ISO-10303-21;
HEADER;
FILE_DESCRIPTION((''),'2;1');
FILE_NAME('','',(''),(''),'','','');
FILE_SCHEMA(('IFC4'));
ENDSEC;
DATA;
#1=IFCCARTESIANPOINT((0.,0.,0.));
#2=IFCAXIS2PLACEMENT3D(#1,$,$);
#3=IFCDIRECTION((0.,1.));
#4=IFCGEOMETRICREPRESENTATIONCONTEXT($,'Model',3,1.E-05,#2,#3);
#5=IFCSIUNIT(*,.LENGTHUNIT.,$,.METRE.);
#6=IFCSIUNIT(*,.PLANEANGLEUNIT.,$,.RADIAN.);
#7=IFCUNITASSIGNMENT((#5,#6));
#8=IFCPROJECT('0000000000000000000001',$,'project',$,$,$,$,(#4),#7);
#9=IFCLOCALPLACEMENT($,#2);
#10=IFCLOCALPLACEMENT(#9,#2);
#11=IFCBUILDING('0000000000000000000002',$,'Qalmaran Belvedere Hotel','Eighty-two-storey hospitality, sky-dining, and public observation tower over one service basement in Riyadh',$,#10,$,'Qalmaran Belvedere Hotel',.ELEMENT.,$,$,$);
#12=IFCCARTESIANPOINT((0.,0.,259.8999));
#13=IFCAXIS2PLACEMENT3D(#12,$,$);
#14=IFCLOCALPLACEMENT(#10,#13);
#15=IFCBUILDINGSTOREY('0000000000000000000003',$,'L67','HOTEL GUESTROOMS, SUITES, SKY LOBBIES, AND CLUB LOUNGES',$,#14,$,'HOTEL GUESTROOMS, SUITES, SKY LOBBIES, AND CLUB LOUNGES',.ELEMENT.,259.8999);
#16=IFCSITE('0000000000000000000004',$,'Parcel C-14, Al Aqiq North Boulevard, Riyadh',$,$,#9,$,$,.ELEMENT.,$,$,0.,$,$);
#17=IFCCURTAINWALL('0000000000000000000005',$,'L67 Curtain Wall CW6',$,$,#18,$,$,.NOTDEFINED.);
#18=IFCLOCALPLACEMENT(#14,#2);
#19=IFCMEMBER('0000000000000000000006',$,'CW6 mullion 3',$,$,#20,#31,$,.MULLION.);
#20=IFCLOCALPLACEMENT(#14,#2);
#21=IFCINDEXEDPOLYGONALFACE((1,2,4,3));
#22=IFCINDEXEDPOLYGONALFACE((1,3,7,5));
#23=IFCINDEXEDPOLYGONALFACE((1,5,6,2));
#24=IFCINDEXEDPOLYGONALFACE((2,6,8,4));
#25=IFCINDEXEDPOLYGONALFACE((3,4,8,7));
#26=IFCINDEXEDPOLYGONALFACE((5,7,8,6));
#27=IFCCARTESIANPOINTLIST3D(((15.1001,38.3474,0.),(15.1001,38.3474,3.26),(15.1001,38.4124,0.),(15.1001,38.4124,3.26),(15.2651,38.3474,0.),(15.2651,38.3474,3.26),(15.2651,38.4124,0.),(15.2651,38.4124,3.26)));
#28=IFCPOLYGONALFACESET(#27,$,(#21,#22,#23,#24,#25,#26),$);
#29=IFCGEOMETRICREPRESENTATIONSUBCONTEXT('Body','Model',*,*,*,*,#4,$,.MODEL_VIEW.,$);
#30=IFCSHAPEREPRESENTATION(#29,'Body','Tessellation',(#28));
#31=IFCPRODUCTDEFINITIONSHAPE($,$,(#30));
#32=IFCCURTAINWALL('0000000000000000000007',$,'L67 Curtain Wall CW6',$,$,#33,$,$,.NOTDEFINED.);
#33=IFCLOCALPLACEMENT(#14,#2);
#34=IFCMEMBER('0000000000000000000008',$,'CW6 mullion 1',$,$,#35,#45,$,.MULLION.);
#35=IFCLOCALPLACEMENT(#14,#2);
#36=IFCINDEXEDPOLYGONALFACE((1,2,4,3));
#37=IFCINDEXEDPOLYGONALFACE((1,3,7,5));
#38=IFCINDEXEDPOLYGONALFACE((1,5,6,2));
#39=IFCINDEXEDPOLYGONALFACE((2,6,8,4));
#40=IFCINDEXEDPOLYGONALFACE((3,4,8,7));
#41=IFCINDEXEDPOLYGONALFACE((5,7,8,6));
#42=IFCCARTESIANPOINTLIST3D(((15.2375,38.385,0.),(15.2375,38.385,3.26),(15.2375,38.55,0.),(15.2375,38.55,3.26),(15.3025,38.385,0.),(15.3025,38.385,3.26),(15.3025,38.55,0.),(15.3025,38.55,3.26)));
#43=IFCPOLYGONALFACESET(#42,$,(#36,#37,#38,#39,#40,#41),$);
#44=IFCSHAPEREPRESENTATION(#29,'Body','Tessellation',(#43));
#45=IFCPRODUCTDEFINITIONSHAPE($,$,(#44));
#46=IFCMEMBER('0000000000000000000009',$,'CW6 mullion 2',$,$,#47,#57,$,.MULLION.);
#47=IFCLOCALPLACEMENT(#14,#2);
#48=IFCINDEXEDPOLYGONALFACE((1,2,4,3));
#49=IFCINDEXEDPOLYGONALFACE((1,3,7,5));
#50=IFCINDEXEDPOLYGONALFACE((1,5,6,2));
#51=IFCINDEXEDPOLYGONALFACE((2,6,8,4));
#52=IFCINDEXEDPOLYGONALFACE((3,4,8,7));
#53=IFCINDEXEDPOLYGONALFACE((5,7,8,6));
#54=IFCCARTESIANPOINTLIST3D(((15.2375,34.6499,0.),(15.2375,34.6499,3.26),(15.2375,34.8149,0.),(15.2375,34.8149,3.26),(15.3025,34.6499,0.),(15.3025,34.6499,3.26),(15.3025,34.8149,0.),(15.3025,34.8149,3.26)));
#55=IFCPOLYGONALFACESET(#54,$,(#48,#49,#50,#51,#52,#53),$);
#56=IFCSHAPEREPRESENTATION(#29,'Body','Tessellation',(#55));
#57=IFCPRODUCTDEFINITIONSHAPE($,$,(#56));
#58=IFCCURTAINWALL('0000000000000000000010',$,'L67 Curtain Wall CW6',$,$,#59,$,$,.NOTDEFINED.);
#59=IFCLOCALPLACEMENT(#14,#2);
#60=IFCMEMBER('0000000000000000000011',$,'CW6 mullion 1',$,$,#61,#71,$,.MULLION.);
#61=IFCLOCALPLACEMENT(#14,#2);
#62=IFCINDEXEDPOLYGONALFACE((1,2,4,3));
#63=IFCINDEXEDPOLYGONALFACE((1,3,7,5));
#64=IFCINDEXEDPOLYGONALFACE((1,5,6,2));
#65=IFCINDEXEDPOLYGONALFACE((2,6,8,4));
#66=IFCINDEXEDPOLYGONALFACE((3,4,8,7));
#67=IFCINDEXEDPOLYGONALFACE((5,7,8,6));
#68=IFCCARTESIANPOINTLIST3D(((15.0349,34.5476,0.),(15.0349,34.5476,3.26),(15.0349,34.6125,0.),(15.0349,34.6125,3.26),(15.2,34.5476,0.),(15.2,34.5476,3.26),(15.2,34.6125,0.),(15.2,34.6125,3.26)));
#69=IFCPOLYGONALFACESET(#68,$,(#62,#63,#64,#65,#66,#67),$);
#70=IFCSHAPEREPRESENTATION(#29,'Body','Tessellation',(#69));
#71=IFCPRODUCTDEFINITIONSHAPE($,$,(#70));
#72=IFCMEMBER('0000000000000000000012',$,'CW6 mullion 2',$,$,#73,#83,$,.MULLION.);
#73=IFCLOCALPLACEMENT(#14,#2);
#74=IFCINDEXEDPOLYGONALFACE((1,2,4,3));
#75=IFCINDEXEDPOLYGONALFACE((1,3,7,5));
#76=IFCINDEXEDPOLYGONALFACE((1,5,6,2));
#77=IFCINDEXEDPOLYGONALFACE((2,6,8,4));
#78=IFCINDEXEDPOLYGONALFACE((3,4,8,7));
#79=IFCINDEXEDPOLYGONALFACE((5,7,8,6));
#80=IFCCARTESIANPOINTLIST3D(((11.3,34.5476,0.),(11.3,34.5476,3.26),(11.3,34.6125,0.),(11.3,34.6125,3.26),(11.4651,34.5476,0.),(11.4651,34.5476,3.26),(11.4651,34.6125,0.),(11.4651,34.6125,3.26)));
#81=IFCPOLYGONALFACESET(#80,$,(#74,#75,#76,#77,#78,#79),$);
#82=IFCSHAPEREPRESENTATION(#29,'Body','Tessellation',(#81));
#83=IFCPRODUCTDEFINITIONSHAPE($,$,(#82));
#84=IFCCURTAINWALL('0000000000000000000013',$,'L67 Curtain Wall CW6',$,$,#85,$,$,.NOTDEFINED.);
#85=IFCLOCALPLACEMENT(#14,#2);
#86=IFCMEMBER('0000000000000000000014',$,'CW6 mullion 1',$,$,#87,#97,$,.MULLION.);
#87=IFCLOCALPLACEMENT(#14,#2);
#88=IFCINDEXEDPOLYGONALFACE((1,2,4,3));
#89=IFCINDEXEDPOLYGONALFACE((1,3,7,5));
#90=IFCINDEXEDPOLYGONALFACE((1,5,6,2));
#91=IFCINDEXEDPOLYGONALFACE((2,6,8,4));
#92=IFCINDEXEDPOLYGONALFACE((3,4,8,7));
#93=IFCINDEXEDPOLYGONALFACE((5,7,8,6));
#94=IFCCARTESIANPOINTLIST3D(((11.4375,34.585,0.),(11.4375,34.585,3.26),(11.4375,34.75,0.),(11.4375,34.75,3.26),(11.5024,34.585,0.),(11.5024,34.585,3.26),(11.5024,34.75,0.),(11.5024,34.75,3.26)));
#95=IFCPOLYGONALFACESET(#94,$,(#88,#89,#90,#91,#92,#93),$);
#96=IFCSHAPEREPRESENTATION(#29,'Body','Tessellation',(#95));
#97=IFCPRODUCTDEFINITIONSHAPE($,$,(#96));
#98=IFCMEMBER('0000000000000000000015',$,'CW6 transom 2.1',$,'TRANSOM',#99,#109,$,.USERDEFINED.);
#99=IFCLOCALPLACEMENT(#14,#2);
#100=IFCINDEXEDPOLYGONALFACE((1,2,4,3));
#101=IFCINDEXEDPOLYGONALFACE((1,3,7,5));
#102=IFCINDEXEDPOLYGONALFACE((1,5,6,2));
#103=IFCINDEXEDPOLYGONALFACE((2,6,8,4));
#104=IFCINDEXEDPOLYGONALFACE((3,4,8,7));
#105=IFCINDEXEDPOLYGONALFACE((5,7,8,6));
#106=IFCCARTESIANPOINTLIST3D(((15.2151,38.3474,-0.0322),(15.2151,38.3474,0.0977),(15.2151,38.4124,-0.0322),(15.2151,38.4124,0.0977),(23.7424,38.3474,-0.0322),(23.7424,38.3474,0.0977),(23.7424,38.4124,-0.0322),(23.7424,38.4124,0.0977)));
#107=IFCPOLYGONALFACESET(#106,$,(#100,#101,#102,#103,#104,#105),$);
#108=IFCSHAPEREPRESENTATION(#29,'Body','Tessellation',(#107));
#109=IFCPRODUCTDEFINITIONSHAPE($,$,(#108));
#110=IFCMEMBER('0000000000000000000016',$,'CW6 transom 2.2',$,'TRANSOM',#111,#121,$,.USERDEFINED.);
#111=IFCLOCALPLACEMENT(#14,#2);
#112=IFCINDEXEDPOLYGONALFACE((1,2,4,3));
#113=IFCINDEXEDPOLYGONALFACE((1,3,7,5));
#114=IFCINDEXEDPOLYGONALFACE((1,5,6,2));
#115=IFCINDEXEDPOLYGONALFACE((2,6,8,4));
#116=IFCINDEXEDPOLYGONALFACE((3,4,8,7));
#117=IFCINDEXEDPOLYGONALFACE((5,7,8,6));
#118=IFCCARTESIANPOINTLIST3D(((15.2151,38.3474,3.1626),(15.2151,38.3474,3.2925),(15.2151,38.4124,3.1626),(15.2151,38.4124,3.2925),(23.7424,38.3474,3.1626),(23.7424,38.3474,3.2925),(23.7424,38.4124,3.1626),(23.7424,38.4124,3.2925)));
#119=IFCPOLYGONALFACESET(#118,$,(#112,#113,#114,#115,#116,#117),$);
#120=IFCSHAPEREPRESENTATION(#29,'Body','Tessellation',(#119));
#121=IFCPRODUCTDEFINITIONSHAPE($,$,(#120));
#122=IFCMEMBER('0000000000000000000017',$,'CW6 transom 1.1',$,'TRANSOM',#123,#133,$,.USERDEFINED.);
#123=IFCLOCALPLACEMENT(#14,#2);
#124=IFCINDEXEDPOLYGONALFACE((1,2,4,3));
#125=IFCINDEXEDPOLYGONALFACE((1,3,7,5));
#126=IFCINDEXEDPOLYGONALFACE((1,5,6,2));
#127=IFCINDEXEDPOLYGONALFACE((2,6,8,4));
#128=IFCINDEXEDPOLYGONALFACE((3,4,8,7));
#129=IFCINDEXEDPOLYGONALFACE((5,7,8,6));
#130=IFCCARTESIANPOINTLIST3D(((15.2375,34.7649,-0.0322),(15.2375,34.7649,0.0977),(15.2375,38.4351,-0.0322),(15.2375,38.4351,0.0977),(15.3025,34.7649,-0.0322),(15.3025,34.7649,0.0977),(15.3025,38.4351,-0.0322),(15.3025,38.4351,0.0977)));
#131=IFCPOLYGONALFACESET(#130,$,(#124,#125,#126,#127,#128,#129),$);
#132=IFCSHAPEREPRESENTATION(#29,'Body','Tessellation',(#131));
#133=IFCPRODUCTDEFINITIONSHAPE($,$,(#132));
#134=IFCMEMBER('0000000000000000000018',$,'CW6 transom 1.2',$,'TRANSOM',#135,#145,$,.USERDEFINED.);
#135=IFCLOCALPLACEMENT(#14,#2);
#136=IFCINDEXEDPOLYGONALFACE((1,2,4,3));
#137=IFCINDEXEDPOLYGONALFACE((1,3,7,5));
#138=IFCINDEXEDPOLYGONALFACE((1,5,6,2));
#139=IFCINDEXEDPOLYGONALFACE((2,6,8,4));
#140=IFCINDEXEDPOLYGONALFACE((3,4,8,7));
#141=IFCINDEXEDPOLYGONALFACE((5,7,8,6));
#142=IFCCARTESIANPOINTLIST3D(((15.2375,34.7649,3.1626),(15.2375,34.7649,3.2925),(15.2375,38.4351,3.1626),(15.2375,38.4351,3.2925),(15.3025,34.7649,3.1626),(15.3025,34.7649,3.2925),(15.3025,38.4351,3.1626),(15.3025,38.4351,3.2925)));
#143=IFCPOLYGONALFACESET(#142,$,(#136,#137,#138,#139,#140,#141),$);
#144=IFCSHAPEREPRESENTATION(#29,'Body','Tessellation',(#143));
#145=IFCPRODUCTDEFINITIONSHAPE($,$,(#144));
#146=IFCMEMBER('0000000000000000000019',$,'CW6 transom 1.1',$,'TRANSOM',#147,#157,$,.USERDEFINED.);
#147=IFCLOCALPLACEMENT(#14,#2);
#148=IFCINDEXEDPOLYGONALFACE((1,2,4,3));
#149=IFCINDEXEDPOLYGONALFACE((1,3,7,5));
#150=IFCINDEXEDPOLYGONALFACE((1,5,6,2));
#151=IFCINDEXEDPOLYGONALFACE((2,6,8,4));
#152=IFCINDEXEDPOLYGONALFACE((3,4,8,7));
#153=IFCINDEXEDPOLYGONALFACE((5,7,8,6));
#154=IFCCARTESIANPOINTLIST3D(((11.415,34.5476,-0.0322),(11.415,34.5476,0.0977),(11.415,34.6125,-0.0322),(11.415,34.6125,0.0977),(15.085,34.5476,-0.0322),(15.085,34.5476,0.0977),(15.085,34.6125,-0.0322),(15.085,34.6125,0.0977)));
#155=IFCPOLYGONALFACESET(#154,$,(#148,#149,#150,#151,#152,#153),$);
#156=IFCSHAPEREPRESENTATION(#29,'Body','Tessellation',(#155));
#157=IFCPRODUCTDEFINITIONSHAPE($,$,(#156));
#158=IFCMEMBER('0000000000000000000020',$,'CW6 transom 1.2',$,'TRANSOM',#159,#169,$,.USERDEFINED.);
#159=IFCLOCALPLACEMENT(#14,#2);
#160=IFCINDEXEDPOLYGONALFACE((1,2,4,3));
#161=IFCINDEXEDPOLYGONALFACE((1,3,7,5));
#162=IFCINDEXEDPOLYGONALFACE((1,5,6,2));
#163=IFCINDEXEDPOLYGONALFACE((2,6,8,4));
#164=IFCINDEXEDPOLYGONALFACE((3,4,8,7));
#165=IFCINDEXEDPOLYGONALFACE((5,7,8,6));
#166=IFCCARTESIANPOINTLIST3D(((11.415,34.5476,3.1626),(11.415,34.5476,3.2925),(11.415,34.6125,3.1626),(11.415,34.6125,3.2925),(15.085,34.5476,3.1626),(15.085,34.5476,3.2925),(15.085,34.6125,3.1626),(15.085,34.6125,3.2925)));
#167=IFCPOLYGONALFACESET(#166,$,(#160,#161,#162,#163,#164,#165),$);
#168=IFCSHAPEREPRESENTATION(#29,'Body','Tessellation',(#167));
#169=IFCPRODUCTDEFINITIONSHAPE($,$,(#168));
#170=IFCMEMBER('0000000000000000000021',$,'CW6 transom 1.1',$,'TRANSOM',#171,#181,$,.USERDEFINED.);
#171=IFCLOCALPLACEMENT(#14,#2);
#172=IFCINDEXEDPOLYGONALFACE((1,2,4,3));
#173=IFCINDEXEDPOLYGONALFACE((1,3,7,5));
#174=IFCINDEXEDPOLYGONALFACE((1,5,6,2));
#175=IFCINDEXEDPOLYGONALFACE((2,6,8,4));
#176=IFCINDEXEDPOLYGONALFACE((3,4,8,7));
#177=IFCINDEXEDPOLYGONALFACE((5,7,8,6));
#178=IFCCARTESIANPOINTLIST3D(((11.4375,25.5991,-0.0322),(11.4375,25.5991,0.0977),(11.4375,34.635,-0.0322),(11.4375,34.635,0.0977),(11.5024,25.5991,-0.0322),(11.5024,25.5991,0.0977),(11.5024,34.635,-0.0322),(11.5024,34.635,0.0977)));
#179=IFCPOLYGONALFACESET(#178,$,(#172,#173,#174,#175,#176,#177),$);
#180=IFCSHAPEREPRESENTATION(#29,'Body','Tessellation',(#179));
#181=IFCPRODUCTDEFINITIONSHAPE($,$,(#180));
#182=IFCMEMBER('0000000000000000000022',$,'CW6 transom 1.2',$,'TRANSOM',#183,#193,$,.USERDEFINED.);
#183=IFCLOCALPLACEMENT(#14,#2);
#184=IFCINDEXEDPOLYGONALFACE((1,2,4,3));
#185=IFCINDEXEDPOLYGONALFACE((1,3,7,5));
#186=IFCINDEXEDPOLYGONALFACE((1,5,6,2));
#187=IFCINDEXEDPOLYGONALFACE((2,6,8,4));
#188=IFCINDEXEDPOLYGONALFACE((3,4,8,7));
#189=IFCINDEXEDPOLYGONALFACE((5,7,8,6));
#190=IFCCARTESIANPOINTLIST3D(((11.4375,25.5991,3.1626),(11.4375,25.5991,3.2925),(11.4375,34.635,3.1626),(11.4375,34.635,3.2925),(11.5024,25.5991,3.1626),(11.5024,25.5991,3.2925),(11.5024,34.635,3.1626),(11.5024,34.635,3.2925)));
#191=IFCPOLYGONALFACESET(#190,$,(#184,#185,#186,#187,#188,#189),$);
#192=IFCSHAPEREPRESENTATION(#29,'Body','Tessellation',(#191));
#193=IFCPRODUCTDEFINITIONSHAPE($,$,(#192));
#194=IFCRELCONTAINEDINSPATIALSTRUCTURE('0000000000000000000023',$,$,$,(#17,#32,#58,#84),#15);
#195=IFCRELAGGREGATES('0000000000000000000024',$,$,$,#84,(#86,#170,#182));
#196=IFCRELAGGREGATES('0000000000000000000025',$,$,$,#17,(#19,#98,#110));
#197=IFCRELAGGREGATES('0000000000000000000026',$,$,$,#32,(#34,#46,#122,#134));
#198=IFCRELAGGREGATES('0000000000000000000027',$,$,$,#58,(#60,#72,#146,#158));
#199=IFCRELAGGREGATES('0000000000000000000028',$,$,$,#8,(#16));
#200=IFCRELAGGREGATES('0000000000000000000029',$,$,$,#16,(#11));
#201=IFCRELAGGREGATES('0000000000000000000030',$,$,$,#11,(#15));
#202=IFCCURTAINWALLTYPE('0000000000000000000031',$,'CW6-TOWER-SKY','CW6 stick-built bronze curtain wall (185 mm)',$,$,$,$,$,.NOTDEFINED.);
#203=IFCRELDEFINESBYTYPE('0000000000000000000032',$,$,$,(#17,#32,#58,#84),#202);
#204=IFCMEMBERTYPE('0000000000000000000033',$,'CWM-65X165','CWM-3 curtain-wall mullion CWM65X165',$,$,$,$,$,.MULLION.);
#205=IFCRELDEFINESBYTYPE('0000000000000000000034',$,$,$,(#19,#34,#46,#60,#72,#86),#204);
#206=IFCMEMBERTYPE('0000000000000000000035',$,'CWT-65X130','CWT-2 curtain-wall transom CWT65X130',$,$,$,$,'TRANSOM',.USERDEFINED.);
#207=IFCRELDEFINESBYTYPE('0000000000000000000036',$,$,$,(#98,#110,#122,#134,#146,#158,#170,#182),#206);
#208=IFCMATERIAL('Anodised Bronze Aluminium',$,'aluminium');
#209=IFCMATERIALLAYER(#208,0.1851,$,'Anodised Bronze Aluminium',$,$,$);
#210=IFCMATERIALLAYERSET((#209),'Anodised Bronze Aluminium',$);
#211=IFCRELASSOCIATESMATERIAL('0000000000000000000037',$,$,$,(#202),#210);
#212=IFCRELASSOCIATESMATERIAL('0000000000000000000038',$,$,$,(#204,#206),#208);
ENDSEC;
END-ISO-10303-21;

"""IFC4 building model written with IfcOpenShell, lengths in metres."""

from ifc_helpers import new_model, si_unit, direction, frame, origin, origin_2d, place, context, subcontext, project, spatial, rectangle, extrude, material, layer, layer_set, material_profile, profile_set, type_object, element, aggregate, save


model = new_model("IFC4")

# Units and contexts
model_context = context("Model", 3, precision=1e-05, world=origin(), true_north=direction((0.0, 1.0)))
body_context = subcontext(model_context, "Body", "Model", "MODEL_VIEW")
ifc_project = project(units=[si_unit("LENGTHUNIT", "METRE"), si_unit("PLANEANGLEUNIT", "RADIAN")], contexts=[model_context])

# Site, building, storey
site_placement = place(None, origin())
site = spatial("IfcSite", under=ifc_project, at=site_placement, Name="Parcel C-14, Al Aqiq North Boulevard, Riyadh", CompositionType="ELEMENT", RefElevation=0.0)
building_placement = place(site_placement, origin())
building = spatial("IfcBuilding", under=site, at=building_placement, Name="Qalmaran Belvedere Hotel", Description="Eighty-two-storey hospitality, sky-dining, and public observation tower over one service basement in Riyadh", LongName="Qalmaran Belvedere Hotel", CompositionType="ELEMENT")
storey_placement = place(building_placement, frame((0.0, 0.0, 259.8999)))
storey = spatial("IfcBuildingStorey", under=building, at=storey_placement, Name="L67", Description="HOTEL GUESTROOMS, SUITES, SKY LOBBIES, AND CLUB LOUNGES", LongName="HOTEL GUESTROOMS, SUITES, SKY LOBBIES, AND CLUB LOUNGES", CompositionType="ELEMENT", Elevation=259.8999)

# Curtain walls, members
ifc_material_1 = material(Name="Anodised Bronze Aluminium", Category="aluminium")
ifc_layer_1 = layer(ifc_material_1, 0.1851, Name="Anodised Bronze Aluminium")
ifc_layer_set_1 = layer_set([ifc_layer_1], Name="Anodised Bronze Aluminium")
curtain_wall_type = type_object("IfcCurtainWallType", Name="CW6-TOWER-SKY", Description="CW6 stick-built bronze curtain wall (185 mm)", PredefinedType="NOTDEFINED", material=ifc_layer_set_1)
curtain_wall_1_placement = place(storey_placement, origin())
curtain_wall_1 = element("IfcCurtainWall", 1, at=curtain_wall_1_placement, inside=storey, type_object=curtain_wall_type, Name="L67 Curtain Wall CW6", PredefinedType="NOTDEFINED")
ifc_material_profile_1 = material_profile(ifc_material_1, rectangle(XDim=0.0649, YDim=0.165, at=origin_2d()), Name="CWM65X165")
ifc_profile_set_1 = profile_set([ifc_material_profile_1], Name="Anodised Bronze Aluminium")
member_type_1 = type_object("IfcMemberType", Name="CWM-65X165", Description="CWM-3 curtain-wall mullion CWM65X165", PredefinedType="MULLION", material=ifc_profile_set_1)
member_1_placement = place(storey_placement, frame((15.1826, 38.3799, 0.0), z_axis=(0.0, 0.0, 1.0), x_axis=(0.0, -1.0, 0.0)))
member_1 = element("IfcMember", 2, at=member_1_placement, type_object=member_type_1, Name="CW6 mullion 3", PredefinedType="MULLION", context=body_context, shape_type="SweptSolid", body=[
    extrude(rectangle(XDim=0.0649, YDim=0.165, at=origin_2d()), origin(), (0.0, 0.0, 1.0), 3.26),
])
curtain_wall_2_placement = place(storey_placement, origin())
curtain_wall_2 = element("IfcCurtainWall", 3, at=curtain_wall_2_placement, inside=storey, type_object=curtain_wall_type, Name="L67 Curtain Wall CW6", PredefinedType="NOTDEFINED")
member_2_placement = place(storey_placement, frame((15.27, 38.4675, 0.0), z_axis=(0.0, 0.0, 1.0), x_axis=(1.0, 0.0, 0.0)))
member_2 = element("IfcMember", 4, at=member_2_placement, type_object=member_type_1, Name="CW6 mullion 1", PredefinedType="MULLION", context=body_context, shape_type="SweptSolid", body=[
    extrude(rectangle(XDim=0.0649, YDim=0.165, at=origin_2d()), origin(), (0.0, 0.0, 1.0), 3.26),
])
member_3_placement = place(storey_placement, frame((15.27, 34.7324, 0.0), z_axis=(0.0, 0.0, 1.0), x_axis=(1.0, 0.0, 0.0)))
member_3 = element("IfcMember", 5, at=member_3_placement, type_object=member_type_1, Name="CW6 mullion 2", PredefinedType="MULLION", context=body_context, shape_type="SweptSolid", body=[
    extrude(rectangle(XDim=0.0649, YDim=0.165, at=origin_2d()), origin(), (0.0, 0.0, 1.0), 3.26),
])
curtain_wall_3_placement = place(storey_placement, origin())
curtain_wall_3 = element("IfcCurtainWall", 6, at=curtain_wall_3_placement, inside=storey, type_object=curtain_wall_type, Name="L67 Curtain Wall CW6", PredefinedType="NOTDEFINED")
member_4_placement = place(storey_placement, frame((15.1174, 34.5801, 0.0), z_axis=(0.0, 0.0, 1.0), x_axis=(0.0, -1.0, 0.0)))
member_4 = element("IfcMember", 7, at=member_4_placement, type_object=member_type_1, Name="CW6 mullion 1", PredefinedType="MULLION", context=body_context, shape_type="SweptSolid", body=[
    extrude(rectangle(XDim=0.0649, YDim=0.165, at=origin_2d()), origin(), (0.0, 0.0, 1.0), 3.26),
])
member_5_placement = place(storey_placement, frame((11.3826, 34.5801, 0.0), z_axis=(0.0, 0.0, 1.0), x_axis=(0.0, -1.0, 0.0)))
member_5 = element("IfcMember", 8, at=member_5_placement, type_object=member_type_1, Name="CW6 mullion 2", PredefinedType="MULLION", context=body_context, shape_type="SweptSolid", body=[
    extrude(rectangle(XDim=0.0649, YDim=0.165, at=origin_2d()), origin(), (0.0, 0.0, 1.0), 3.26),
])

# Curtain wall, member
curtain_wall_4_placement = place(storey_placement, origin())
curtain_wall_4 = element("IfcCurtainWall", 9, at=curtain_wall_4_placement, inside=storey, type_object=curtain_wall_type, Name="L67 Curtain Wall CW6", PredefinedType="NOTDEFINED")
member_6_placement = place(storey_placement, frame((11.47, 34.6675, 0.0), z_axis=(0.0, 0.0, 1.0), x_axis=(1.0, 0.0, 0.0)))
member_6 = element("IfcMember", 10, at=member_6_placement, type_object=member_type_1, Name="CW6 mullion 1", PredefinedType="MULLION", context=body_context, shape_type="SweptSolid", body=[
    extrude(rectangle(XDim=0.0649, YDim=0.165, at=origin_2d()), origin(), (0.0, 0.0, 1.0), 3.26),
])

# Members
ifc_material_profile_2 = material_profile(ifc_material_1, rectangle(XDim=0.0649, YDim=0.1299, at=origin_2d()), Name="CWT65X130")
ifc_profile_set_2 = profile_set([ifc_material_profile_2], Name="Anodised Bronze Aluminium")
member_type_2 = type_object("IfcMemberType", Name="CWT-65X130", Description="CWT-2 curtain-wall transom CWT65X130", ElementType="TRANSOM", PredefinedType="USERDEFINED", material=ifc_profile_set_2)
member_7_placement = place(storey_placement, frame((23.7424, 38.3799, 0.0327), z_axis=(-1.0, 0.0, 0.0), x_axis=(0.0, -1.0, 0.0)))
member_7 = element("IfcMember", 11, at=member_7_placement, type_object=member_type_2, Name="CW6 transom 2.1", ObjectType="TRANSOM", PredefinedType="USERDEFINED", context=body_context, shape_type="SweptSolid", body=[
    extrude(rectangle(XDim=0.0649, YDim=0.1299, at=origin_2d()), origin(), (0.0, 0.0, 1.0), 8.5273),
])
member_8_placement = place(storey_placement, frame((23.7424, 38.3799, 3.2275), z_axis=(-1.0, 0.0, 0.0), x_axis=(0.0, -1.0, 0.0)))
member_8 = element("IfcMember", 12, at=member_8_placement, type_object=member_type_2, Name="CW6 transom 2.2", ObjectType="TRANSOM", PredefinedType="USERDEFINED", context=body_context, shape_type="SweptSolid", body=[
    extrude(rectangle(XDim=0.0649, YDim=0.1299, at=origin_2d()), origin(), (0.0, 0.0, 1.0), 8.5273),
])
member_9_placement = place(storey_placement, frame((15.27, 38.4351, 0.0327), z_axis=(0.0, -1.0, 0.0), x_axis=(1.0, 0.0, 0.0)))
member_9 = element("IfcMember", 13, at=member_9_placement, type_object=member_type_2, Name="CW6 transom 1.1", ObjectType="TRANSOM", PredefinedType="USERDEFINED", context=body_context, shape_type="SweptSolid", body=[
    extrude(rectangle(XDim=0.0649, YDim=0.1299, at=origin_2d()), origin(), (0.0, 0.0, 1.0), 3.6702),
])
member_10_placement = place(storey_placement, frame((15.27, 38.4351, 3.2275), z_axis=(0.0, -1.0, 0.0), x_axis=(1.0, 0.0, 0.0)))
member_10 = element("IfcMember", 14, at=member_10_placement, type_object=member_type_2, Name="CW6 transom 1.2", ObjectType="TRANSOM", PredefinedType="USERDEFINED", context=body_context, shape_type="SweptSolid", body=[
    extrude(rectangle(XDim=0.0649, YDim=0.1299, at=origin_2d()), origin(), (0.0, 0.0, 1.0), 3.6702),
])
member_11_placement = place(storey_placement, frame((15.085, 34.5801, 0.0327), z_axis=(-1.0, 0.0, 0.0), x_axis=(0.0, -1.0, 0.0)))
member_11 = element("IfcMember", 15, at=member_11_placement, type_object=member_type_2, Name="CW6 transom 1.1", ObjectType="TRANSOM", PredefinedType="USERDEFINED", context=body_context, shape_type="SweptSolid", body=[
    extrude(rectangle(XDim=0.0649, YDim=0.1299, at=origin_2d()), origin(), (0.0, 0.0, 1.0), 3.6699),
])
member_12_placement = place(storey_placement, frame((15.085, 34.5801, 3.2275), z_axis=(-1.0, 0.0, 0.0), x_axis=(0.0, -1.0, 0.0)))
member_12 = element("IfcMember", 16, at=member_12_placement, type_object=member_type_2, Name="CW6 transom 1.2", ObjectType="TRANSOM", PredefinedType="USERDEFINED", context=body_context, shape_type="SweptSolid", body=[
    extrude(rectangle(XDim=0.0649, YDim=0.1299, at=origin_2d()), origin(), (0.0, 0.0, 1.0), 3.6699),
])
member_13_placement = place(storey_placement, frame((11.47, 34.635, 0.0327), z_axis=(0.0, -1.0, 0.0), x_axis=(1.0, 0.0, 0.0)))
member_13 = element("IfcMember", 17, at=member_13_placement, type_object=member_type_2, Name="CW6 transom 1.1", ObjectType="TRANSOM", PredefinedType="USERDEFINED", context=body_context, shape_type="SweptSolid", body=[
    extrude(rectangle(XDim=0.0649, YDim=0.1299, at=origin_2d()), origin(), (0.0, 0.0, 1.0), 9.0359),
])
member_14_placement = place(storey_placement, frame((11.47, 34.635, 3.2275), z_axis=(0.0, -1.0, 0.0), x_axis=(1.0, 0.0, 0.0)))
member_14 = element("IfcMember", 18, at=member_14_placement, type_object=member_type_2, Name="CW6 transom 1.2", ObjectType="TRANSOM", PredefinedType="USERDEFINED", context=body_context, shape_type="SweptSolid", body=[
    extrude(rectangle(XDim=0.0649, YDim=0.1299, at=origin_2d()), origin(), (0.0, 0.0, 1.0), 9.0359),
])
aggregate(curtain_wall_4, [member_6, member_13, member_14])

aggregate(curtain_wall_1, [member_1, member_7, member_8])
aggregate(curtain_wall_2, [member_2, member_3, member_9, member_10])
aggregate(curtain_wall_3, [member_4, member_5, member_11, member_12])

save(model, "model.ifc")
